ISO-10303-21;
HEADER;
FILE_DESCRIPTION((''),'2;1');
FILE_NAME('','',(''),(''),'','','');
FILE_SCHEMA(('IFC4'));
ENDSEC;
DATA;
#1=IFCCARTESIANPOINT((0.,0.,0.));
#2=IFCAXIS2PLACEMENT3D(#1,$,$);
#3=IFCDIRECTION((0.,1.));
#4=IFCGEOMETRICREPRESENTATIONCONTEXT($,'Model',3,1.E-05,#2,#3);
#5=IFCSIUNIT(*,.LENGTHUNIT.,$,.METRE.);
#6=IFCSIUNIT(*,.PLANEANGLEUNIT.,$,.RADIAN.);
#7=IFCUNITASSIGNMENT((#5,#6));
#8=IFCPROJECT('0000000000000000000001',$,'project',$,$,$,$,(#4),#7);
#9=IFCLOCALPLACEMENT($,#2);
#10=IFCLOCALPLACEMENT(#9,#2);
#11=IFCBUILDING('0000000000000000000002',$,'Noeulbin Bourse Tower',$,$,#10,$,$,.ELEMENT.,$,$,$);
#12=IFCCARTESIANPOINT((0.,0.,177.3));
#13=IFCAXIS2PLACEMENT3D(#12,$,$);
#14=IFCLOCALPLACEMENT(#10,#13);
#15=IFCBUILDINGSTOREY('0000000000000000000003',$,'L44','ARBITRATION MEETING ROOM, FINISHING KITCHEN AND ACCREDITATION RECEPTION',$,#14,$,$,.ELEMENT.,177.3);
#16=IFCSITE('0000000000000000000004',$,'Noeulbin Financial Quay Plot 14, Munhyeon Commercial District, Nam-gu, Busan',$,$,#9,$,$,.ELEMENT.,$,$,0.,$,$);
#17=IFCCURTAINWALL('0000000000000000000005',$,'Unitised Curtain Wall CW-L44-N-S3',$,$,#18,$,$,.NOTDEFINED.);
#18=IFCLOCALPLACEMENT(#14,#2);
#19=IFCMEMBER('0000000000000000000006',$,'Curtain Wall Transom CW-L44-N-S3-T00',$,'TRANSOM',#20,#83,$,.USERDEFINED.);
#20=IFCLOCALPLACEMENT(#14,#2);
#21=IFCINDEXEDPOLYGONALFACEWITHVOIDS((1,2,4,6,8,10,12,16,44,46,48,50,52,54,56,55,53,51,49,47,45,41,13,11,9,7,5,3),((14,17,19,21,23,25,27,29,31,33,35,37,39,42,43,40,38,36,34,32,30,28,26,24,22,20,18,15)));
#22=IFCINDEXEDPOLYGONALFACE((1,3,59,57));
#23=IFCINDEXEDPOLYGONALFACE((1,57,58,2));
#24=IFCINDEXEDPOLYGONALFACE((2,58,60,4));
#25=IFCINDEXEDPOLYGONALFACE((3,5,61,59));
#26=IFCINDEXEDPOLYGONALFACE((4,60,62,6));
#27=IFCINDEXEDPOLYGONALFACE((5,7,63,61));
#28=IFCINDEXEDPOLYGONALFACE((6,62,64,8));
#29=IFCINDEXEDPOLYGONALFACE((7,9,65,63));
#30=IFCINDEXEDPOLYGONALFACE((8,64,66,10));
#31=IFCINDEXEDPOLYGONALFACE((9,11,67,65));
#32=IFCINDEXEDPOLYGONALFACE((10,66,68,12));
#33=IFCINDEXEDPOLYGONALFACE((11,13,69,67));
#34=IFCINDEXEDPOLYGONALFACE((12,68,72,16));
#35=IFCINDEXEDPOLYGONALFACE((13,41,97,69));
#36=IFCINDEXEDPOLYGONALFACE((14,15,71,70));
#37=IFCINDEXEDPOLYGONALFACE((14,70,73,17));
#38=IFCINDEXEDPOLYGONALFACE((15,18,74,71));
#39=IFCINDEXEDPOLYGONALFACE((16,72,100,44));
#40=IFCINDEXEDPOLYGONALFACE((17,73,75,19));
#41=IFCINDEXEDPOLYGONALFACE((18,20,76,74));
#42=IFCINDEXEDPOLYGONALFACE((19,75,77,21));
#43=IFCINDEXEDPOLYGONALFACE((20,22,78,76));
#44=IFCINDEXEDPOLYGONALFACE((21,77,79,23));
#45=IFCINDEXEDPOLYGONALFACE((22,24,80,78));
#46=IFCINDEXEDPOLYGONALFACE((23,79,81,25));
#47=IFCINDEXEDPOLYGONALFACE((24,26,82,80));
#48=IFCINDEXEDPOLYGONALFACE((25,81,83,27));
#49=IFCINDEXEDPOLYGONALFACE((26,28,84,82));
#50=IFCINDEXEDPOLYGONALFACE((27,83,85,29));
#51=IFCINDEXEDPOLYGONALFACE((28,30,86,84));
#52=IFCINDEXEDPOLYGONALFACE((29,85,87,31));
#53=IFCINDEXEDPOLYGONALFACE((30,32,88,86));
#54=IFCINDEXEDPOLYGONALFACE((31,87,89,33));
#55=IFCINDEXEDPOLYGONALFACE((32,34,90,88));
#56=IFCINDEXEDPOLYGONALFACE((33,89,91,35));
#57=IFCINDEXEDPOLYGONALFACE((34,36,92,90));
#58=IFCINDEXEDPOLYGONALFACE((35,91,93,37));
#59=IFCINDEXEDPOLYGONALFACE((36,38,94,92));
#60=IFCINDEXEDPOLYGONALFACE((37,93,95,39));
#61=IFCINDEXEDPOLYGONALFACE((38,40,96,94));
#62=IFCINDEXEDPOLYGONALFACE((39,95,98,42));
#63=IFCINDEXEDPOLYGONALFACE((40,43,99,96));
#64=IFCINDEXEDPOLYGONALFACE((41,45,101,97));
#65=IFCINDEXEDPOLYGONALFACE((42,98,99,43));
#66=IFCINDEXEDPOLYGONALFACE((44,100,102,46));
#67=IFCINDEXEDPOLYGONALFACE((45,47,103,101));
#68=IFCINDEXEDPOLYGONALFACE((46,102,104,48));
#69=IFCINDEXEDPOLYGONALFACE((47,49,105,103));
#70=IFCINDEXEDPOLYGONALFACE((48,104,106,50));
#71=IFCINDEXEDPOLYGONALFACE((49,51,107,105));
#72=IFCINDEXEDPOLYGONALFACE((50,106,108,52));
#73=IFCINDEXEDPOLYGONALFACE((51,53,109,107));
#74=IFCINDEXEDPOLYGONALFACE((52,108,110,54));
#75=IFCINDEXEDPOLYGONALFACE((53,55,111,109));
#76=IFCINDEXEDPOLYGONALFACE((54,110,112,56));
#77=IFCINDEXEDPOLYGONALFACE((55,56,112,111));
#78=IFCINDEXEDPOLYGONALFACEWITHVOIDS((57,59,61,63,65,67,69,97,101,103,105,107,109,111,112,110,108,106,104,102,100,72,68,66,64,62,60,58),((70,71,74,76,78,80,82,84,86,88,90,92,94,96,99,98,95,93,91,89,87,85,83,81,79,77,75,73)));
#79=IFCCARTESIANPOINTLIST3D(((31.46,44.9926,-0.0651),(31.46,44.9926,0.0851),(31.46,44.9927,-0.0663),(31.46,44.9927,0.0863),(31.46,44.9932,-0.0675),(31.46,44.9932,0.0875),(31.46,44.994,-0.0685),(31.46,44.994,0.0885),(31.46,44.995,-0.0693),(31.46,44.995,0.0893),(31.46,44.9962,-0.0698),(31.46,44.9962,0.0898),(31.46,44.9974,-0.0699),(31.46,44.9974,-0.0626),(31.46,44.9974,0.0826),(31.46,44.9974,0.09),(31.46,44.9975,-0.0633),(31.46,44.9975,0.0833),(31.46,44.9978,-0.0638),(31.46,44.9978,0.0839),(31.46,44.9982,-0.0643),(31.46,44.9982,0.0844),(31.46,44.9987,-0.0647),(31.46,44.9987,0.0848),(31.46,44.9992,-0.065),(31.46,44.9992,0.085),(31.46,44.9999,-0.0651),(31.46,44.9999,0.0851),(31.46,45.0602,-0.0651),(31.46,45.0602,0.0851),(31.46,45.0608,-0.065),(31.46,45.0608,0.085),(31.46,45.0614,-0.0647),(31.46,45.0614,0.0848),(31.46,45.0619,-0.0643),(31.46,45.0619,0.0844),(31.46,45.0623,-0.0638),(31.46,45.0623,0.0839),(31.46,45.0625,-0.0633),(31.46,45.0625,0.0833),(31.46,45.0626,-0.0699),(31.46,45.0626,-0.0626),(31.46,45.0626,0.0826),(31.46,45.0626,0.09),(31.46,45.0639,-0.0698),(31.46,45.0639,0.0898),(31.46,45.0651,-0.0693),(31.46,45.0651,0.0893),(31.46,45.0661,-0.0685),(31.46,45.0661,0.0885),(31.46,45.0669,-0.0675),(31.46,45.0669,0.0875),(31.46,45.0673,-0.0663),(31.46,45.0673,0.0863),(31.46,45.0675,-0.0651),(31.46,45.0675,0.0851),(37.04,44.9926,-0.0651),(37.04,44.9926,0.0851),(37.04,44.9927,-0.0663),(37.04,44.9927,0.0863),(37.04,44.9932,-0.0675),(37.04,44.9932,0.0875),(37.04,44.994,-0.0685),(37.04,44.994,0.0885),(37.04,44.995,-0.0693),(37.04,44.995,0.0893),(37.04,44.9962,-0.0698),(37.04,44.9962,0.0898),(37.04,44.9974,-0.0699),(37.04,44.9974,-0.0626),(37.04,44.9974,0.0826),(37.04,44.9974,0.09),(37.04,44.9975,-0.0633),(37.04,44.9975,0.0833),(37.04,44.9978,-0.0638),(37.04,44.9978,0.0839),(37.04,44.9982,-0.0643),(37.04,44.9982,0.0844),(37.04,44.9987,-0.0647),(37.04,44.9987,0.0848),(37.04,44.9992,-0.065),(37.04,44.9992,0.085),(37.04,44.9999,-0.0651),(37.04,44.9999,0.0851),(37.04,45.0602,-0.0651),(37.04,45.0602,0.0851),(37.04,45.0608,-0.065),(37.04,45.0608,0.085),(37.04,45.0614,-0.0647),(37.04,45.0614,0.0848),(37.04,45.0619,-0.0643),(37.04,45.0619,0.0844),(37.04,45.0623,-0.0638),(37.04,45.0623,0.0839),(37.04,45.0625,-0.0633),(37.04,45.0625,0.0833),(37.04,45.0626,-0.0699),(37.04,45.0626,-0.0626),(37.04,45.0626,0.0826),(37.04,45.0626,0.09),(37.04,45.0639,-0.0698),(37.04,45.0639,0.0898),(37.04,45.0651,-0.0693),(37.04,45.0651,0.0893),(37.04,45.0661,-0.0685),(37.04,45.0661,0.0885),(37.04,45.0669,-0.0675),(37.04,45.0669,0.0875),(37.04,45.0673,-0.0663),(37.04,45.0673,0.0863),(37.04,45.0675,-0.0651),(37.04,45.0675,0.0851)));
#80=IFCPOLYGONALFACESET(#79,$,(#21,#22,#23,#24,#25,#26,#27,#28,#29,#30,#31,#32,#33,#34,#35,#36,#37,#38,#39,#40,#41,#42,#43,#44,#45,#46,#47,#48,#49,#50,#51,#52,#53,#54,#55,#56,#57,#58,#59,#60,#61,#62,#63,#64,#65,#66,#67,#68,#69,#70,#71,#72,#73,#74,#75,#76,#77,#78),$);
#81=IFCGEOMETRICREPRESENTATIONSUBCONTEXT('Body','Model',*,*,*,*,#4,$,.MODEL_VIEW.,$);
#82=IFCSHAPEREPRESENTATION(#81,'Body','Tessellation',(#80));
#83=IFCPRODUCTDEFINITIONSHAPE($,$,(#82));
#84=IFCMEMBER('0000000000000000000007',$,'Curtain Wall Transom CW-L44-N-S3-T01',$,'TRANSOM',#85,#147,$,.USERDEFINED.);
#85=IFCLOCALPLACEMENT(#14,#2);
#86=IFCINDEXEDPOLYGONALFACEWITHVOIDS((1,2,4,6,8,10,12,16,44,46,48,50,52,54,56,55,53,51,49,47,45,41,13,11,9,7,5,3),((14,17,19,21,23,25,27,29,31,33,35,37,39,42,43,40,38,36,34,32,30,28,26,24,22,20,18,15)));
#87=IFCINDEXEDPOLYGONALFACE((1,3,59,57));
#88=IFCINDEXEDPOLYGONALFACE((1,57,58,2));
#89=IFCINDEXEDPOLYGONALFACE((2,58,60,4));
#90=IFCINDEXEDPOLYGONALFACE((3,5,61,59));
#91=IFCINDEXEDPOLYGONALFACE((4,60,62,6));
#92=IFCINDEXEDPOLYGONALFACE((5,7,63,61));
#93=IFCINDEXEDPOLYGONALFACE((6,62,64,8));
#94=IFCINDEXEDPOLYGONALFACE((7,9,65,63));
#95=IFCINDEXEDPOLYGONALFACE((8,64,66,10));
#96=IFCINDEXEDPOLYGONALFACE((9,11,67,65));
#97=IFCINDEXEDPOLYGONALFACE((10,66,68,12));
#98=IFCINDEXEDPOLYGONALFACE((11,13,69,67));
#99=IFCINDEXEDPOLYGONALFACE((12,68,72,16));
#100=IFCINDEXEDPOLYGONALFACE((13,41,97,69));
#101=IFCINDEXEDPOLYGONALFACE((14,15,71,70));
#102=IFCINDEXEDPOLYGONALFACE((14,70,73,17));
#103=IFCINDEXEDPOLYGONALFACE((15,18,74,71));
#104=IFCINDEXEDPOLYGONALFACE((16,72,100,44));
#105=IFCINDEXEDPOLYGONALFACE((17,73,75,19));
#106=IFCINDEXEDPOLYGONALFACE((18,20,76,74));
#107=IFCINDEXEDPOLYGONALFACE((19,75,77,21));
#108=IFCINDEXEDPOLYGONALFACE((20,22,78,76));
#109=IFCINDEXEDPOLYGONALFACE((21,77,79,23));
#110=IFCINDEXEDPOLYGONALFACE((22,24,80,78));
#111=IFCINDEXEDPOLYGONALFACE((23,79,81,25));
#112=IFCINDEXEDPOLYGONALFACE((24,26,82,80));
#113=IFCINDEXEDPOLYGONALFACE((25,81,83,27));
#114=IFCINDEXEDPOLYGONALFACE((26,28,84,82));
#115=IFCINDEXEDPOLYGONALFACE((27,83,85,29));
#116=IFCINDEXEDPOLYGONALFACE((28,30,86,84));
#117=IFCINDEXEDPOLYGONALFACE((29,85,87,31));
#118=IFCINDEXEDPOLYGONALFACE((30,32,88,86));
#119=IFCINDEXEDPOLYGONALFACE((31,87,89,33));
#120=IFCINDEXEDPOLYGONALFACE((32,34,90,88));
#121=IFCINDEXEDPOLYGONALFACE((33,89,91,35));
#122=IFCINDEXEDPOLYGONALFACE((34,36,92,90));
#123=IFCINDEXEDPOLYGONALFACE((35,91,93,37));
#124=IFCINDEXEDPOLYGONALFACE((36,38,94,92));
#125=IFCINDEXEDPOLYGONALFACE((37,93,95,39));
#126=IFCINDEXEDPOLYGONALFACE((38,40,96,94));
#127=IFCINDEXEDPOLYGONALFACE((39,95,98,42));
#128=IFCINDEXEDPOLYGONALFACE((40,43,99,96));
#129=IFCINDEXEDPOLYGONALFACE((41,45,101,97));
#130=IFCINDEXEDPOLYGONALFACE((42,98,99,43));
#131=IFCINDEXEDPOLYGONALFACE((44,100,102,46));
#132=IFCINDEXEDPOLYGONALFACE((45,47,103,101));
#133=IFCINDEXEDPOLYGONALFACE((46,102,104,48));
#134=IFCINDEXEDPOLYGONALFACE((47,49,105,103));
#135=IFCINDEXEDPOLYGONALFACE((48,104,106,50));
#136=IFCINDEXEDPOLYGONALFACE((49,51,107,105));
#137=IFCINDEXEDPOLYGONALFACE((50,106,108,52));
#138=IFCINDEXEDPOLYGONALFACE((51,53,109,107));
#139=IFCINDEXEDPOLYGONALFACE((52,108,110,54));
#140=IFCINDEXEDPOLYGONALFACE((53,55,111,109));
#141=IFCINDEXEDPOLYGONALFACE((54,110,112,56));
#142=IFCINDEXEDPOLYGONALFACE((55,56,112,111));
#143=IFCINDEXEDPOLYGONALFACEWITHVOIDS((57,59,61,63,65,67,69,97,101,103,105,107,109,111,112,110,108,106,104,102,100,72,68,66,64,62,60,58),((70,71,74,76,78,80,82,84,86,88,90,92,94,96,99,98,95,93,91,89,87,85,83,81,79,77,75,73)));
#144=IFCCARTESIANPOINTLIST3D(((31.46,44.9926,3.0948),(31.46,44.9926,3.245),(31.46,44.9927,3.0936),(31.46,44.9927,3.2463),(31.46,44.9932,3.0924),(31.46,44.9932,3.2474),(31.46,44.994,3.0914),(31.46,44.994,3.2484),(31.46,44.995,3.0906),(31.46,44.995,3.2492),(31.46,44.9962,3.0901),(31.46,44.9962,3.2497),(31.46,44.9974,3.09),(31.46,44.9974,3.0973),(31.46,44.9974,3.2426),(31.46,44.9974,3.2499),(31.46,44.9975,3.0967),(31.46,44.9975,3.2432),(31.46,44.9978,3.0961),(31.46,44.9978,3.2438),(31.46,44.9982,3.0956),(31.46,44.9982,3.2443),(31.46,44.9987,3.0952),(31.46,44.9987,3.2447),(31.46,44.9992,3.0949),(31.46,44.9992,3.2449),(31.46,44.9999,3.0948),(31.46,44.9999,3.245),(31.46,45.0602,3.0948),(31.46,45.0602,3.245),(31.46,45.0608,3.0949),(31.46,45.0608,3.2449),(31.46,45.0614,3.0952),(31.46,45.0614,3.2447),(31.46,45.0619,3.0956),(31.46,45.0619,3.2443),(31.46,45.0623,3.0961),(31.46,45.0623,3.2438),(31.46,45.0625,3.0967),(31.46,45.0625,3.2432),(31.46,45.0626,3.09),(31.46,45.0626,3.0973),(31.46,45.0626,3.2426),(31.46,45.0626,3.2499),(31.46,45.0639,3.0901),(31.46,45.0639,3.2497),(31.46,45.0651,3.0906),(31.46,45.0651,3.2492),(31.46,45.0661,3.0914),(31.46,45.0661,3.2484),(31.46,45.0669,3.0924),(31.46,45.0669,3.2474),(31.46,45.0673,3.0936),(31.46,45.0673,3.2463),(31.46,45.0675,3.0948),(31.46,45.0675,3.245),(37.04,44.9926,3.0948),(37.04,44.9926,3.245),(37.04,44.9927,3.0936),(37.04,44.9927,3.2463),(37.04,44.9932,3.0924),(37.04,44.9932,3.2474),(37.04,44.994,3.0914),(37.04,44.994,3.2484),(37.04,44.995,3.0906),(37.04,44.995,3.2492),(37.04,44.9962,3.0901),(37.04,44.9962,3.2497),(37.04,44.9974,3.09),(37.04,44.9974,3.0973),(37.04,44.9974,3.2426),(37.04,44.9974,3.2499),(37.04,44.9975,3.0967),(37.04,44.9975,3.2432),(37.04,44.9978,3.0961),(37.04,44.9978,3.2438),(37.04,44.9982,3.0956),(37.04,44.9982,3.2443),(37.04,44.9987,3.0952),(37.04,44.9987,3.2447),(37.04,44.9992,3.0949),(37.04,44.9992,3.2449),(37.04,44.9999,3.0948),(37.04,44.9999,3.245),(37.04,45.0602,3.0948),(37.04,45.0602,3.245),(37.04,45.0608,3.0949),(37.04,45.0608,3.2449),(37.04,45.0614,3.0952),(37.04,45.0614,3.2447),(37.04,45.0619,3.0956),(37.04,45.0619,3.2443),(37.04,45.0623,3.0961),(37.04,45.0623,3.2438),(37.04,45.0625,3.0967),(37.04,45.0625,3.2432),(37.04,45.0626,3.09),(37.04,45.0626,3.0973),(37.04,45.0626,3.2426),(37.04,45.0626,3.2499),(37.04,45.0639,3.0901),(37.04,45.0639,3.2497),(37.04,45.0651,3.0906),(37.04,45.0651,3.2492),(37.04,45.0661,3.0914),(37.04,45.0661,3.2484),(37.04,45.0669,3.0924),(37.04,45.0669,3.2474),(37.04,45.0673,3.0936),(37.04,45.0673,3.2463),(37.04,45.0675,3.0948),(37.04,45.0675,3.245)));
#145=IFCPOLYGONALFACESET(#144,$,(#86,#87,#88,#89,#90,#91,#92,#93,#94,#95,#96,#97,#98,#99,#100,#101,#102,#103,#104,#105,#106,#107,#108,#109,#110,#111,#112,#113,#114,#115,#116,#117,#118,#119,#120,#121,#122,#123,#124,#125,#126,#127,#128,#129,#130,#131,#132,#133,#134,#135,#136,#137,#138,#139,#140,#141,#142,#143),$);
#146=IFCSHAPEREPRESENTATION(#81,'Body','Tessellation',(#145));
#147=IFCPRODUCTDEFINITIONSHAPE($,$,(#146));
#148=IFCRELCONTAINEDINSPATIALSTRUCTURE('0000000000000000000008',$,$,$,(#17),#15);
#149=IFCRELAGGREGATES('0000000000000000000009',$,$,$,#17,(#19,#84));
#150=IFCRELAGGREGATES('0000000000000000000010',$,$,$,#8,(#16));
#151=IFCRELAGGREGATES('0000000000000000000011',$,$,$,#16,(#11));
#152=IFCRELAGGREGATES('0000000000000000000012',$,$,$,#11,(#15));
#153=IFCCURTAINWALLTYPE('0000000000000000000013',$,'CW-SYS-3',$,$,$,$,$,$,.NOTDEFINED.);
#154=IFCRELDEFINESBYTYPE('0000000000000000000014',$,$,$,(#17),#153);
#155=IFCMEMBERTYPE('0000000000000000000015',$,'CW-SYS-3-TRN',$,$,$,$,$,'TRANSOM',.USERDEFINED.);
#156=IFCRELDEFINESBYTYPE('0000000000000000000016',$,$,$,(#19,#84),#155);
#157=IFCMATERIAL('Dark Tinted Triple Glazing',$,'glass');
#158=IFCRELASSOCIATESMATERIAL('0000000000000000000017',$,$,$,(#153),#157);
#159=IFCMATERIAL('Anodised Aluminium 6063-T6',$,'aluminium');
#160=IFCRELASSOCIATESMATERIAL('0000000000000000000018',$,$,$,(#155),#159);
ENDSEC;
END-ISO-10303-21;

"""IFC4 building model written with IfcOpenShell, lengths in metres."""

from ifc_helpers import new_model, si_unit, direction, frame, origin, origin_2d, place, context, subcontext, project, spatial, hollow_rectangle, extrude, material, material_profile, profile_set, type_object, element, aggregate, save


model = new_model("IFC4")

# Units and contexts
model_context = context("Model", 3, precision=1e-05, world=origin(), true_north=direction((0.0, 1.0)))
body_context = subcontext(model_context, "Body", "Model", "MODEL_VIEW")
ifc_project = project(units=[si_unit("LENGTHUNIT", "METRE"), si_unit("PLANEANGLEUNIT", "RADIAN")], contexts=[model_context])

# Site, building, storey
site_placement = place(None, origin())
site = spatial("IfcSite", under=ifc_project, at=site_placement, Name="Noeulbin Financial Quay Plot 14, Munhyeon Commercial District, Nam-gu, Busan", CompositionType="ELEMENT", RefElevation=0.0)
building_placement = place(site_placement, origin())
building = spatial("IfcBuilding", under=site, at=building_placement, Name="Noeulbin Bourse Tower", CompositionType="ELEMENT")
storey_placement = place(building_placement, frame((0.0, 0.0, 177.3)))
storey = spatial("IfcBuildingStorey", under=building, at=storey_placement, Name="L44", Description="ARBITRATION MEETING ROOM, FINISHING KITCHEN AND ACCREDITATION RECEPTION", CompositionType="ELEMENT", Elevation=177.3)

# Shared definitions
ifc_material_1 = material(Name="Dark Tinted Triple Glazing", Category="glass")
curtain_wall_type = type_object("IfcCurtainWallType", Name="CW-SYS-3", PredefinedType="NOTDEFINED", material=ifc_material_1)
ifc_material_2 = material(Name="Anodised Aluminium 6063-T6", Category="aluminium")

# Curtain wall
curtain_wall_1_placement = place(storey_placement, origin())
curtain_wall_1 = element("IfcCurtainWall", 1, at=curtain_wall_1_placement, inside=storey, type_object=curtain_wall_type, Name="Unitised Curtain Wall CW-L44-N-S3", PredefinedType="NOTDEFINED")

# Members
ifc_material_profile_1 = material_profile(ifc_material_2, hollow_rectangle(XDim=0.075, YDim=0.1599, WallThickness=0.0049, InnerFilletRadius=0.0024, OuterFilletRadius=0.0049, at=origin_2d()), Name="ALU-TRAN-75x160x5", Category="LoadBearing")
ifc_profile_set_1 = profile_set([ifc_material_profile_1], Name="Anodised Aluminium 6063-T6")
member_type_1 = type_object("IfcMemberType", Name="CW-SYS-3-TRN", ElementType="TRANSOM", PredefinedType="USERDEFINED", material=ifc_profile_set_1)
member_1_placement = place(storey_placement, frame((31.46, 45.03, 0.01), z_axis=(1.0, 0.0, 0.0), x_axis=(0.0, 1.0, 0.0)))
member_1 = element("IfcMember", 2, at=member_1_placement, type_object=member_type_1, Name="Curtain Wall Transom CW-L44-N-S3-T00", ObjectType="TRANSOM", PredefinedType="USERDEFINED", context=body_context, shape_type="SweptSolid", body=[
    extrude(hollow_rectangle(XDim=0.075, YDim=0.1599, WallThickness=0.0049, InnerFilletRadius=0.0024, OuterFilletRadius=0.0049, at=origin_2d()), origin(), (0.0, 0.0, 1.0), 5.5801),
])
member_2_placement = place(storey_placement, frame((31.46, 45.03, 3.1699), z_axis=(1.0, 0.0, 0.0), x_axis=(0.0, 1.0, 0.0)))
member_2 = element("IfcMember", 3, at=member_2_placement, type_object=member_type_1, Name="Curtain Wall Transom CW-L44-N-S3-T01", ObjectType="TRANSOM", PredefinedType="USERDEFINED", context=body_context, shape_type="SweptSolid", body=[
    extrude(hollow_rectangle(XDim=0.075, YDim=0.1599, WallThickness=0.0049, InnerFilletRadius=0.0024, OuterFilletRadius=0.0049, at=origin_2d()), origin(), (0.0, 0.0, 1.0), 5.5801),
])

aggregate(curtain_wall_1, [member_1, member_2])

save(model, "model.ifc")
